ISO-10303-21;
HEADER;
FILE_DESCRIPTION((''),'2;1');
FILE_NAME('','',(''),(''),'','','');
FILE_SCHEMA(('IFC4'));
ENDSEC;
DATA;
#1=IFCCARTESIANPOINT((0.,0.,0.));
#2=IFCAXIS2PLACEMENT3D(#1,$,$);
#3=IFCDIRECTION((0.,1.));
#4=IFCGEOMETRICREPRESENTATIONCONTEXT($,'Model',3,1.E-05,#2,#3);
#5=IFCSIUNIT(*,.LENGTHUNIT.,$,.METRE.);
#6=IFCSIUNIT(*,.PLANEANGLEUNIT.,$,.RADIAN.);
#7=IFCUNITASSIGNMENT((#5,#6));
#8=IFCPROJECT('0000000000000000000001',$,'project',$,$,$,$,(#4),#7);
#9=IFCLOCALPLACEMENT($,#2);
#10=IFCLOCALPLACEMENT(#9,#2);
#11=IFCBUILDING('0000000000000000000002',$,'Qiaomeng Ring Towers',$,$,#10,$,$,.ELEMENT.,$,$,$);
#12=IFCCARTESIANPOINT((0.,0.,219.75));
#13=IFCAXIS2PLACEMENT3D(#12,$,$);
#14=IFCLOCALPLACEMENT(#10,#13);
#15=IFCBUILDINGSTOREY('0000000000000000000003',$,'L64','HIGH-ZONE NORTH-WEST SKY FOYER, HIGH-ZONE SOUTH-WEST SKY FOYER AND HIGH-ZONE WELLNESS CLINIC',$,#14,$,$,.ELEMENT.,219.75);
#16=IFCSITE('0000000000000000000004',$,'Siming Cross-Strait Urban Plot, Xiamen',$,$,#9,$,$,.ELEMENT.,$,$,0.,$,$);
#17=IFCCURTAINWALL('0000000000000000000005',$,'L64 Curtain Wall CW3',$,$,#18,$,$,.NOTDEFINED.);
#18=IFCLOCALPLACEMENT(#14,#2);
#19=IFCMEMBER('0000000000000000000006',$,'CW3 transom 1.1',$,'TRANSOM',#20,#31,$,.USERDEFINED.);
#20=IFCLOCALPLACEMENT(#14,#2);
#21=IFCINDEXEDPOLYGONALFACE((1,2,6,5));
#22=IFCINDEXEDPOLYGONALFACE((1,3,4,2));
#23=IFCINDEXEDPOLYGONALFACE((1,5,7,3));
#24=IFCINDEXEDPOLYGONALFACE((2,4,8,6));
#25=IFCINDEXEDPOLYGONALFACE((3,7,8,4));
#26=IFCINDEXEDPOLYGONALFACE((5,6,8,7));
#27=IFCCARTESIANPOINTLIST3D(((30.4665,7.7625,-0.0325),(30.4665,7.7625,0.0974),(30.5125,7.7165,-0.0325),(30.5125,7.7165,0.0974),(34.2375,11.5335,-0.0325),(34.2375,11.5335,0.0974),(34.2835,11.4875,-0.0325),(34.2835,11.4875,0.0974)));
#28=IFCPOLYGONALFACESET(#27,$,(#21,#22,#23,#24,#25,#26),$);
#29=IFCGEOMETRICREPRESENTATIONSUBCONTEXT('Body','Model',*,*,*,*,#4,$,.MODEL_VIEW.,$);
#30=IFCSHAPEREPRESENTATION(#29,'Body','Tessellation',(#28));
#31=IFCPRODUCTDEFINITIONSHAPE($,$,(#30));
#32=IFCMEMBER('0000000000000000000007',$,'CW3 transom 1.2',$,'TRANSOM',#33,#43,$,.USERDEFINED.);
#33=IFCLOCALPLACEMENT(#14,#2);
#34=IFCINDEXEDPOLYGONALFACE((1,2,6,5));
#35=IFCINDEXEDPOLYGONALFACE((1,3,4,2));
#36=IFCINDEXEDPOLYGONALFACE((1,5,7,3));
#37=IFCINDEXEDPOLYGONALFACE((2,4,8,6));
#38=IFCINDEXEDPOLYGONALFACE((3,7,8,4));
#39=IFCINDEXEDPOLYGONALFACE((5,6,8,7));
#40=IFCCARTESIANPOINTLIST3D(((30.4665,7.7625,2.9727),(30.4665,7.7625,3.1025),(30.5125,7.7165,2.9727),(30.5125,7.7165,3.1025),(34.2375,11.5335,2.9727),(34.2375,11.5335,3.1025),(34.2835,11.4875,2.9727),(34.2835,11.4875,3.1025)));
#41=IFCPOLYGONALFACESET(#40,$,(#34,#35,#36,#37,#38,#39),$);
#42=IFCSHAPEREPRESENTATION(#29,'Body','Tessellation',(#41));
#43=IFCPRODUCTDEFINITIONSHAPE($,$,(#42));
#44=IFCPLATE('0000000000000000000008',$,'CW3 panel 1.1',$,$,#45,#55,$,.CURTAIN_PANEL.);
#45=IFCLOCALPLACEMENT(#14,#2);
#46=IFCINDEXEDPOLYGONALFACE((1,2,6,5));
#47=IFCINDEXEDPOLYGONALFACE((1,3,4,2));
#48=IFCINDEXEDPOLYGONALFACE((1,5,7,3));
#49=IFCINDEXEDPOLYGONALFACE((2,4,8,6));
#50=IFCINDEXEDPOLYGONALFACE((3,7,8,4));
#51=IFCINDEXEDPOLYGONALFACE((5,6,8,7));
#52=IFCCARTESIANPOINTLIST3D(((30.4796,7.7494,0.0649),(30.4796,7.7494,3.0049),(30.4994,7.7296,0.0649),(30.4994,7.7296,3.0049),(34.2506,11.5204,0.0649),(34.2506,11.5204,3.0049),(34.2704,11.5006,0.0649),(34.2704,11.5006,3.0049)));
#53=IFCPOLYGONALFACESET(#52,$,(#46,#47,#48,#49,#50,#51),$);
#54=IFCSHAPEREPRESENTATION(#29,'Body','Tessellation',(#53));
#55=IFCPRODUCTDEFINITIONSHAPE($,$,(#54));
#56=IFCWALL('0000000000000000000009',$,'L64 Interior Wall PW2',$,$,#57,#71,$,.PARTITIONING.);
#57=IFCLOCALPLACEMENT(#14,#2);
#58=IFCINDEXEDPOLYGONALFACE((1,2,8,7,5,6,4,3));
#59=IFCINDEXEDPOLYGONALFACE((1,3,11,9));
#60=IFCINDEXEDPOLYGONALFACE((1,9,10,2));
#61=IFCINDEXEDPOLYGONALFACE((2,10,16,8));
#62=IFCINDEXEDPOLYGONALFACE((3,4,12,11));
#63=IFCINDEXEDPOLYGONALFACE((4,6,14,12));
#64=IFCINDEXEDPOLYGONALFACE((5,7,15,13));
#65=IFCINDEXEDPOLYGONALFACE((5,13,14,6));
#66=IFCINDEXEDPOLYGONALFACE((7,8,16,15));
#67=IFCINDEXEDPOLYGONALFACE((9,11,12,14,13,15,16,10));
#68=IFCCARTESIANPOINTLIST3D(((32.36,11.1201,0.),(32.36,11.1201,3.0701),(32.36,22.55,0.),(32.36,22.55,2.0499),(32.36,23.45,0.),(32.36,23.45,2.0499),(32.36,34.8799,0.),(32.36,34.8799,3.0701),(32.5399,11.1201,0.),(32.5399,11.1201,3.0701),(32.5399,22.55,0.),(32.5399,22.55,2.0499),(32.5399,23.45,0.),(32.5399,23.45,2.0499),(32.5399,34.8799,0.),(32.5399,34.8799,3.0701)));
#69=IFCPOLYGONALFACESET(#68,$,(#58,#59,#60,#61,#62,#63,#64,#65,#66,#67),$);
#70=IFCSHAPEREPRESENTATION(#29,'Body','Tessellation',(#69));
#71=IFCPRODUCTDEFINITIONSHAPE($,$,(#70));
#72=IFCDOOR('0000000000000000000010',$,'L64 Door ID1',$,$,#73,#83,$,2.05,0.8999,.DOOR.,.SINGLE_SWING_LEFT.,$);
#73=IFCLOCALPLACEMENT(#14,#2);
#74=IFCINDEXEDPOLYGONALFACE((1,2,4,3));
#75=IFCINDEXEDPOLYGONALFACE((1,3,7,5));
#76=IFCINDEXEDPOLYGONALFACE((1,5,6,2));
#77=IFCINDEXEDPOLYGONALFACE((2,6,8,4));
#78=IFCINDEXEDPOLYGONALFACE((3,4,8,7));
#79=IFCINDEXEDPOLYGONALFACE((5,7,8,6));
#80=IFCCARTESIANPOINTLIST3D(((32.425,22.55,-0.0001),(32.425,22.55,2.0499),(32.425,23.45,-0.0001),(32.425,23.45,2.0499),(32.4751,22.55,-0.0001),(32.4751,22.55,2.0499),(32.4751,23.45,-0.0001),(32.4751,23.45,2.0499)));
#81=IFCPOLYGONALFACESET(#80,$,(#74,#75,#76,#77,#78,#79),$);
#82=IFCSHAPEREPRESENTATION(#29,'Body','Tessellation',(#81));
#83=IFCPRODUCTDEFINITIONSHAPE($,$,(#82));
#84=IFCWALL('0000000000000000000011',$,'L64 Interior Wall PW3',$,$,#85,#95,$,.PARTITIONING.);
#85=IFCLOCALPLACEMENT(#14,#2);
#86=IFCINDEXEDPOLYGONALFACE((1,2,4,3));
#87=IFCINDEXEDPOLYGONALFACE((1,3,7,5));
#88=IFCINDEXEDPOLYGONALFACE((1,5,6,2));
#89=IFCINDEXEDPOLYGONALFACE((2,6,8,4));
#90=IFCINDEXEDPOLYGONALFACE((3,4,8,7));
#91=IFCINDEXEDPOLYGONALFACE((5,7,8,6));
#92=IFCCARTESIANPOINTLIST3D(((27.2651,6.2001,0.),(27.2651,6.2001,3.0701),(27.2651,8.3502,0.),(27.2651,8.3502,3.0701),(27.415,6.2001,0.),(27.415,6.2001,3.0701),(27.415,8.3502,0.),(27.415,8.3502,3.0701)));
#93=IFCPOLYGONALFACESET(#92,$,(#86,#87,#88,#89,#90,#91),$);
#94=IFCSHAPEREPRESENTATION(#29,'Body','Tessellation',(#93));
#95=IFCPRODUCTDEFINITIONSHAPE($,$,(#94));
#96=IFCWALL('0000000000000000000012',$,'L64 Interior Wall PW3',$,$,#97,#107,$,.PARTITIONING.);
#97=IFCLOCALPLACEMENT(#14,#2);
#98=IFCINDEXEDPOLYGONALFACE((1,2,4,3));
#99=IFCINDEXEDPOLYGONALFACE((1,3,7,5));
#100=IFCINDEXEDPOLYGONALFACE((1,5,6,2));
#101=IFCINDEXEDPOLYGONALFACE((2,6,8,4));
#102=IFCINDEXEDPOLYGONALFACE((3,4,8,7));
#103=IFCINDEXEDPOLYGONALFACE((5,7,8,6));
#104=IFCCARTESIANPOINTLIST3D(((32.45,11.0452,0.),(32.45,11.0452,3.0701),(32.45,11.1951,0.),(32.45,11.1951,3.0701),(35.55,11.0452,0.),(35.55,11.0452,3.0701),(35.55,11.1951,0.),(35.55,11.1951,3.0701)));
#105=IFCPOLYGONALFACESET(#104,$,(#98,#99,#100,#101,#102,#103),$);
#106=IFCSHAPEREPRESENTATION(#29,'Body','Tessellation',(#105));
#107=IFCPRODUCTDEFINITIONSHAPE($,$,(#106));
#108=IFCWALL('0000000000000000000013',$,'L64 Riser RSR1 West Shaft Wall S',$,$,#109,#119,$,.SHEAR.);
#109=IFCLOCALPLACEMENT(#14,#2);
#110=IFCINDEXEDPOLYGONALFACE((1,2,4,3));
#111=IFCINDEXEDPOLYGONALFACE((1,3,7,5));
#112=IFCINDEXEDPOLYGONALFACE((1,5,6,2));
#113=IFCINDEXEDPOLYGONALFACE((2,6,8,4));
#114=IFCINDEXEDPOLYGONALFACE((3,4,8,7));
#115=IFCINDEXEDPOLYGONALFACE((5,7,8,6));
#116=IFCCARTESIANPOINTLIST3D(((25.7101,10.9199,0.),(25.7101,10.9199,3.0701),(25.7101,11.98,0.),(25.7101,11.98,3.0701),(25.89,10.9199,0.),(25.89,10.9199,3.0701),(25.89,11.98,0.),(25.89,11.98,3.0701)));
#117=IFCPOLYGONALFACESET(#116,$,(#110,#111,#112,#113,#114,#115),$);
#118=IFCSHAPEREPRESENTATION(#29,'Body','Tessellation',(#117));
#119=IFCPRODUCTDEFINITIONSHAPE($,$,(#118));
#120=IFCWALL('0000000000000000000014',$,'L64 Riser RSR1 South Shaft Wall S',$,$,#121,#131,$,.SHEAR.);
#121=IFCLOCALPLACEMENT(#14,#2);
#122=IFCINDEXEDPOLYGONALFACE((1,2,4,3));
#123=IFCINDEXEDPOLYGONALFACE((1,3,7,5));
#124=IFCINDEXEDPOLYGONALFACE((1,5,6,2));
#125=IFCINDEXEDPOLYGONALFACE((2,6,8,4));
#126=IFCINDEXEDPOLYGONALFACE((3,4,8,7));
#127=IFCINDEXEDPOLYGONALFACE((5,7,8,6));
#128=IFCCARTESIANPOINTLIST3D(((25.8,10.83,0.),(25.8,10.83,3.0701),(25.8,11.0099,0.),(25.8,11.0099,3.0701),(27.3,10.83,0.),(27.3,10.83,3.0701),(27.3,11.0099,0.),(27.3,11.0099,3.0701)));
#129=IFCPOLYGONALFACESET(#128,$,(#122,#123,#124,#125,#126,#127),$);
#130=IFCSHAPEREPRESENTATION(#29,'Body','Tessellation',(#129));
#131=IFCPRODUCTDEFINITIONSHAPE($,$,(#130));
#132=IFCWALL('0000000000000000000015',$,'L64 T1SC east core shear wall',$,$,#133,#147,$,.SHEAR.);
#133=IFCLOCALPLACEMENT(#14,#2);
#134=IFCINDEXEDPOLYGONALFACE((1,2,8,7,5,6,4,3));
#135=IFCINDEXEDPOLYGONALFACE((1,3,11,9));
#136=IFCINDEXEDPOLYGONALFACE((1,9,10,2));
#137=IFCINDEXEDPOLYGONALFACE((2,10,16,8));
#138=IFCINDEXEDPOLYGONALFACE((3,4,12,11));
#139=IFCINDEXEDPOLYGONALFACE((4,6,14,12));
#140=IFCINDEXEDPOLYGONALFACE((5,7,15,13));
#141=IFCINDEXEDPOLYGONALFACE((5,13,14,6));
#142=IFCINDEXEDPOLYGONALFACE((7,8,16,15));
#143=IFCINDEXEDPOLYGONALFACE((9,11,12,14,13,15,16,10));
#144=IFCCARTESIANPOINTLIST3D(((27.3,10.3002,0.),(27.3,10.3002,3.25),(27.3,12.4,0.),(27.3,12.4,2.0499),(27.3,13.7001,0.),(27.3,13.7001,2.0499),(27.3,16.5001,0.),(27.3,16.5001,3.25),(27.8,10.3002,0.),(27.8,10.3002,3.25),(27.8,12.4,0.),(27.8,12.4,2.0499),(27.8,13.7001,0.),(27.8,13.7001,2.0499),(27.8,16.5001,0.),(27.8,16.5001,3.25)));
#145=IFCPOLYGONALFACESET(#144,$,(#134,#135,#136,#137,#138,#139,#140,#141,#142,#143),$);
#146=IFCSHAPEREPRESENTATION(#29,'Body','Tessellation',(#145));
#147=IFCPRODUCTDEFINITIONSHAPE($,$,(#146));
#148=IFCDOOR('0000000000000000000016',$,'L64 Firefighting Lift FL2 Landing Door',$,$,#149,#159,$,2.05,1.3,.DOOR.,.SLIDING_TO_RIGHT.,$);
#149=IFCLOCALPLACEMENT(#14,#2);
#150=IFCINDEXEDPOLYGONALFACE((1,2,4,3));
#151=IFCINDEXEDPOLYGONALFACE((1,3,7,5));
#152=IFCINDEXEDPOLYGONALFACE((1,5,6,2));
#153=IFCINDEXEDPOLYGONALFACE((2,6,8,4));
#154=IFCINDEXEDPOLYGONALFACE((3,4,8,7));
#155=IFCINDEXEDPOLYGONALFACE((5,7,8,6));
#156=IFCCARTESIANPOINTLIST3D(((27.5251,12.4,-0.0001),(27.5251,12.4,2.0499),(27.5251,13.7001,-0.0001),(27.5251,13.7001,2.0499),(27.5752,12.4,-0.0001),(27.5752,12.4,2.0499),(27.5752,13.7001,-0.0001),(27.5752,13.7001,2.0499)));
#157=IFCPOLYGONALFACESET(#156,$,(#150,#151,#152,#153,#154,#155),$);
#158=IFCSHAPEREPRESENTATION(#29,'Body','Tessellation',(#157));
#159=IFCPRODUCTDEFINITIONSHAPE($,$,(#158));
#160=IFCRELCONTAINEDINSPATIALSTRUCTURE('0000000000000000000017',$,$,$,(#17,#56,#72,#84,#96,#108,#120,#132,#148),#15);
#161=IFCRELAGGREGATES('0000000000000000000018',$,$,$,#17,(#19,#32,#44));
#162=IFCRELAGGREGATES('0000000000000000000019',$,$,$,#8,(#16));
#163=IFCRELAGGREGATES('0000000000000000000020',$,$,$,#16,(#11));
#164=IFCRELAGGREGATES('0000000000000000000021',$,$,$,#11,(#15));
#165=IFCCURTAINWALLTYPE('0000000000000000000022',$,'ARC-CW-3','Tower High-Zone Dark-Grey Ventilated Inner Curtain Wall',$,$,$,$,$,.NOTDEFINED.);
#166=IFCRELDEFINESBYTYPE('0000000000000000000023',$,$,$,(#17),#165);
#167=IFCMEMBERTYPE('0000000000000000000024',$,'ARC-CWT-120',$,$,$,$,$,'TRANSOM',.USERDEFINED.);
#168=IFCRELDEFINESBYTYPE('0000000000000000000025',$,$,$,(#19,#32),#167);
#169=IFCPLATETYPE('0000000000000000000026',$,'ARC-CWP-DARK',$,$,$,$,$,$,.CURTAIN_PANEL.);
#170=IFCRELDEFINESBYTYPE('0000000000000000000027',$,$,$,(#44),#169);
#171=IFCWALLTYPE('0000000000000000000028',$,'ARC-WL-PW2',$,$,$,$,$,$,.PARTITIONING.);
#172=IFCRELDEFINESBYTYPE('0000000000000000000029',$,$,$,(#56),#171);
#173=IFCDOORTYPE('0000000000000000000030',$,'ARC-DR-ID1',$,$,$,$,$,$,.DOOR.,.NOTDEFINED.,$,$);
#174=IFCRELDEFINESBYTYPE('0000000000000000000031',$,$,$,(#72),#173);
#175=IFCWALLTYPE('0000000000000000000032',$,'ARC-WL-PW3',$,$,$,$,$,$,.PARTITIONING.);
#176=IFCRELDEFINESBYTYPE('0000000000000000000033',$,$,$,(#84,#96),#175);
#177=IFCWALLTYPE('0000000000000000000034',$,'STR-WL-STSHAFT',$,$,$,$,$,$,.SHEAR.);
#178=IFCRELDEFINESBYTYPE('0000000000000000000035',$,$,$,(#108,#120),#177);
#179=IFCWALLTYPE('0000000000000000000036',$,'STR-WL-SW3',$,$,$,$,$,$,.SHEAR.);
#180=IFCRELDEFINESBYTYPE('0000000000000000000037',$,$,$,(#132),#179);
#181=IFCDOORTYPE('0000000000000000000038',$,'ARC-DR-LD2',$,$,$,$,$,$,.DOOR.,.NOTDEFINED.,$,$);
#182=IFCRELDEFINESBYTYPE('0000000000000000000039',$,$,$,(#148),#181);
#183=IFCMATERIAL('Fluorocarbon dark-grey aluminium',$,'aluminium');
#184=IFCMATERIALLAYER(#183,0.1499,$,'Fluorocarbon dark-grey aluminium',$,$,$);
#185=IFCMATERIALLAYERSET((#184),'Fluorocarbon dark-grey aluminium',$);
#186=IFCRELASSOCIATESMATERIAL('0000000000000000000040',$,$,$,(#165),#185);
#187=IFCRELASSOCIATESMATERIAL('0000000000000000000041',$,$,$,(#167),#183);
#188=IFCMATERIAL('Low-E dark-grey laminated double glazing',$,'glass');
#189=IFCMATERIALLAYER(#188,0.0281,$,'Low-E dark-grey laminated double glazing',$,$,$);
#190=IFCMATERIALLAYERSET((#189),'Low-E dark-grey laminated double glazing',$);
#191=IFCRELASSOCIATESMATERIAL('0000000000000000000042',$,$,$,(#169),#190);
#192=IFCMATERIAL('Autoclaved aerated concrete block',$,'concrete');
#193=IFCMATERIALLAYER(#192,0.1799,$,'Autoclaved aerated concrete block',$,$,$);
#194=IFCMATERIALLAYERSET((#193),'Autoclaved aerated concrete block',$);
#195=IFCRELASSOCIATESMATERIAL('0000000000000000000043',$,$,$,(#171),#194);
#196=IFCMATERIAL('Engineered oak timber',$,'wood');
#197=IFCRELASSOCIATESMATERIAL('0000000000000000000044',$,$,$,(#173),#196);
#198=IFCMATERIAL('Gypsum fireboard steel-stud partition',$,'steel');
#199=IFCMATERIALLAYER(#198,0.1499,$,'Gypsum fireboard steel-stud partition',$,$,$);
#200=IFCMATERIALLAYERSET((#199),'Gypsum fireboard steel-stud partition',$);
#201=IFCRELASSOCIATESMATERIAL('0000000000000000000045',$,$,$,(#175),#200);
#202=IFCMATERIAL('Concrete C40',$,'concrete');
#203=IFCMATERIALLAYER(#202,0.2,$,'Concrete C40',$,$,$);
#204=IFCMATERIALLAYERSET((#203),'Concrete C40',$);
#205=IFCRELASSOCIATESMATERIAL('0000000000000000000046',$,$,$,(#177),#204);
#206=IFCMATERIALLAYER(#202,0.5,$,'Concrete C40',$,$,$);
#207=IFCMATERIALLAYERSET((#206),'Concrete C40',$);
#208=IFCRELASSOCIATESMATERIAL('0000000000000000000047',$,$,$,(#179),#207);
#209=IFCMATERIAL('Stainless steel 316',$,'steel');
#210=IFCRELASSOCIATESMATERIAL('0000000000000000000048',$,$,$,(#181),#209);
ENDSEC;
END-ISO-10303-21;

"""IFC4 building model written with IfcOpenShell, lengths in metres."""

from ifc_helpers import new_model, si_unit, direction, frame, frame_2d, origin, origin_2d, place, context, subcontext, project, spatial, rectangle, extrude, source, transform, mapped, material, layer, layer_set, material_profile, profile_set, type_object, element, fill, aggregate, save


model = new_model("IFC4")

# Units and contexts
model_context = context("Model", 3, precision=1e-05, world=origin(), true_north=direction((0.0, 1.0)))
body_context = subcontext(model_context, "Body", "Model", "MODEL_VIEW")
ifc_project = project(units=[si_unit("LENGTHUNIT", "METRE"), si_unit("PLANEANGLEUNIT", "RADIAN")], contexts=[model_context])

# Site, building, storey
site_placement = place(None, origin())
site = spatial("IfcSite", under=ifc_project, at=site_placement, Name="Siming Cross-Strait Urban Plot, Xiamen", CompositionType="ELEMENT", RefElevation=0.0)
building_placement = place(site_placement, origin())
building = spatial("IfcBuilding", under=site, at=building_placement, Name="Qiaomeng Ring Towers", CompositionType="ELEMENT")
storey_placement = place(building_placement, frame((0.0, 0.0, 219.75)))
storey = spatial("IfcBuildingStorey", under=building, at=storey_placement, Name="L64", Description="HIGH-ZONE NORTH-WEST SKY FOYER, HIGH-ZONE SOUTH-WEST SKY FOYER AND HIGH-ZONE WELLNESS CLINIC", CompositionType="ELEMENT", Elevation=219.75)

# Shared definitions
ifc_material_1 = material(Name="Concrete C40", Category="concrete")

# Curtain wall, members, plate
ifc_material_2 = material(Name="Fluorocarbon dark-grey aluminium", Category="aluminium")
ifc_layer_1 = layer(ifc_material_2, 0.1499, Name="Fluorocarbon dark-grey aluminium")
ifc_layer_set_1 = layer_set([ifc_layer_1], Name="Fluorocarbon dark-grey aluminium")
curtain_wall_type = type_object("IfcCurtainWallType", Name="ARC-CW-3", Description="Tower High-Zone Dark-Grey Ventilated Inner Curtain Wall", PredefinedType="NOTDEFINED", material=ifc_layer_set_1)
curtain_wall_placement = place(storey_placement, origin())
curtain_wall = element("IfcCurtainWall", 1, at=curtain_wall_placement, inside=storey, type_object=curtain_wall_type, Name="L64 Curtain Wall CW3", PredefinedType="NOTDEFINED")
ifc_material_profile_1 = material_profile(ifc_material_2, rectangle(XDim=0.0649, YDim=0.1299, at=origin_2d()), Name="ALU TRAN 65x130")
ifc_profile_set_1 = profile_set([ifc_material_profile_1], Name="Fluorocarbon dark-grey aluminium")
member_type_1 = type_object("IfcMemberType", Name="ARC-CWT-120", ElementType="TRANSOM", PredefinedType="USERDEFINED", material=ifc_profile_set_1)
shared_shape_1 = source(origin(), body_context, "Body", "SweptSolid", [
    extrude(rectangle(XDim=0.0649, YDim=0.1299, at=origin_2d()), origin(), (0.0, 0.0, 1.0), 5.333),
])
member_1_placement = place(storey_placement, frame((30.4895, 7.7395, 0.0325), z_axis=(0.707107, 0.707107, 0.0), x_axis=(-0.707107, 0.707107, 0.0)))
member_1 = element("IfcMember", 2, at=member_1_placement, type_object=member_type_1, Name="CW3 transom 1.1", ObjectType="TRANSOM", PredefinedType="USERDEFINED", context=body_context, shape_type="MappedRepresentation", body=[
    mapped(shared_shape_1, transform((0.0, 0.0, 0.0), x_axis=(1.0, 0.0, 0.0), y_axis=(0.0, 1.0, 0.0), z_axis=(0.0, 0.0, 1.0), scale=1.0)),
])
member_2_placement = place(storey_placement, frame((30.4895, 7.7395, 3.0376), z_axis=(0.707107, 0.707107, 0.0), x_axis=(-0.707107, 0.707107, 0.0)))
member_2 = element("IfcMember", 3, at=member_2_placement, type_object=member_type_1, Name="CW3 transom 1.2", ObjectType="TRANSOM", PredefinedType="USERDEFINED", context=body_context, shape_type="MappedRepresentation", body=[
    mapped(shared_shape_1, transform((0.0, 0.0, 0.0), x_axis=(1.0, 0.0, 0.0), y_axis=(0.0, 1.0, 0.0), z_axis=(0.0, 0.0, 1.0), scale=1.0)),
])
ifc_material_3 = material(Name="Low-E dark-grey laminated double glazing", Category="glass")
ifc_layer_2 = layer(ifc_material_3, 0.0281, Name="Low-E dark-grey laminated double glazing")
ifc_layer_set_2 = layer_set([ifc_layer_2], Name="Low-E dark-grey laminated double glazing")
plate_type = type_object("IfcPlateType", Name="ARC-CWP-DARK", PredefinedType="CURTAIN_PANEL", material=ifc_layer_set_2)
shared_shape_2 = source(origin(), body_context, "Body", "SweptSolid", [
    extrude(rectangle(XDim=5.333, YDim=0.0281, at=origin_2d()), origin(), (0.0, 0.0, 1.0), 2.9399),
])
plate_placement = place(storey_placement, frame((32.375, 9.625, 0.0649), z_axis=(0.0, 0.0, 1.0), x_axis=(0.707107, 0.707107, 0.0)))
plate = element("IfcPlate", 4, at=plate_placement, type_object=plate_type, Name="CW3 panel 1.1", PredefinedType="CURTAIN_PANEL", context=body_context, shape_type="MappedRepresentation", body=[
    mapped(shared_shape_2, transform((0.0, 0.0, 0.0), x_axis=(1.0, 0.0, 0.0), y_axis=(0.0, 1.0, 0.0), z_axis=(0.0, 0.0, 1.0), scale=1.0)),
])
aggregate(curtain_wall, [member_1, member_2, plate])

# Wall, opening, door
ifc_material_4 = material(Name="Autoclaved aerated concrete block", Category="concrete")
ifc_layer_3 = layer(ifc_material_4, 0.1799, Name="Autoclaved aerated concrete block")
ifc_layer_set_3 = layer_set([ifc_layer_3], Name="Autoclaved aerated concrete block")
wall_type_1 = type_object("IfcWallType", Name="ARC-WL-PW2", PredefinedType="PARTITIONING", material=ifc_layer_set_3)
wall_1_placement = place(storey_placement, frame((32.45, 11.1201, 0.0), z_axis=(0.0, 0.0, 1.0), x_axis=(0.0, 1.0, 0.0)))
wall_1 = element("IfcWall", 5, at=wall_1_placement, inside=storey, type_object=wall_type_1, Name="L64 Interior Wall PW2", PredefinedType="PARTITIONING", context=body_context, shape_type="SweptSolid", body=[
    extrude(rectangle(XDim=23.7598, YDim=0.1799, at=frame_2d((11.8799, 0.0))), origin(), (0.0, 0.0, 1.0), 3.0701),
])
opening_1_placement = place(wall_1_placement, frame((11.4299, 0.0, 0.0)))
opening_1 = element("IfcOpeningElement", 6, at=opening_1_placement, cuts=wall_1, PredefinedType="OPENING", context=body_context, shape_type="SweptSolid", body=[
    extrude(rectangle(XDim=0.8999, YDim=2.05, at=frame_2d((0.45, 1.0249))), frame((0.0, 0.0999, 0.0), z_axis=(0.0, -1.0, 0.0), x_axis=(1.0, 0.0, 0.0)), (0.0, 0.0, 1.0), 0.2),
])
ifc_material_5 = material(Name="Engineered oak timber", Category="wood")
door_type_1 = type_object("IfcDoorType", Name="ARC-DR-ID1", OperationType="NOTDEFINED", PredefinedType="DOOR", material=ifc_material_5)
shared_shape_3 = source(origin(), body_context, "Body", "SweptSolid", [
    extrude(rectangle(XDim=0.8999, YDim=2.05, at=frame_2d((0.45, 1.0249))), frame((0.0, 0.0249, 0.0), z_axis=(0.0, -1.0, 0.0), x_axis=(1.0, 0.0, 0.0)), (0.0, 0.0, 1.0), 0.05),
])
door_1_placement = place(opening_1_placement, origin())
door_1 = element("IfcDoor", 7, at=door_1_placement, inside=storey, type_object=door_type_1, Name="L64 Door ID1", OperationType="SINGLE_SWING_LEFT", OverallHeight=2.05, OverallWidth=0.8999, PredefinedType="DOOR", context=body_context, shape_type="MappedRepresentation", body=[
    mapped(shared_shape_3, transform((0.0, 0.0, 0.0), x_axis=(1.0, 0.0, 0.0), y_axis=(0.0, 1.0, 0.0), z_axis=(0.0, 0.0, 1.0), scale=1.0)),
])
fill(opening_1, door_1)

# Walls
ifc_material_6 = material(Name="Gypsum fireboard steel-stud partition", Category="steel")
ifc_layer_4 = layer(ifc_material_6, 0.1499, Name="Gypsum fireboard steel-stud partition")
ifc_layer_set_4 = layer_set([ifc_layer_4], Name="Gypsum fireboard steel-stud partition")
wall_type_2 = type_object("IfcWallType", Name="ARC-WL-PW3", PredefinedType="PARTITIONING", material=ifc_layer_set_4)
wall_2_placement = place(storey_placement, frame((27.3401, 6.2, 0.0), z_axis=(0.0, 0.0, 1.0), x_axis=(0.0, 1.0, 0.0)))
element("IfcWall", 8, at=wall_2_placement, inside=storey, type_object=wall_type_2, Name="L64 Interior Wall PW3", PredefinedType="PARTITIONING", context=body_context, shape_type="SweptSolid", body=[
    extrude(rectangle(XDim=2.1501, YDim=0.1499, at=frame_2d((1.0752, 0.0))), origin(), (0.0, 0.0, 1.0), 3.0701),
])
wall_3_placement = place(storey_placement, frame((32.45, 11.1201, 0.0), z_axis=(0.0, 0.0, 1.0), x_axis=(1.0, 0.0, 0.0)))
element("IfcWall", 9, at=wall_3_placement, inside=storey, type_object=wall_type_2, Name="L64 Interior Wall PW3", PredefinedType="PARTITIONING", context=body_context, shape_type="SweptSolid", body=[
    extrude(rectangle(XDim=3.1001, YDim=0.1499, at=frame_2d((1.55, 0.0))), origin(), (0.0, 0.0, 1.0), 3.0701),
])
ifc_layer_5 = layer(ifc_material_1, 0.2, Name="Concrete C40")
ifc_layer_set_5 = layer_set([ifc_layer_5], Name="Concrete C40")
wall_type_3 = type_object("IfcWallType", Name="STR-WL-STSHAFT", PredefinedType="SHEAR", material=ifc_layer_set_5)
wall_4_placement = place(storey_placement, frame((25.8, 10.9199, 0.0), z_axis=(0.0, 0.0, 1.0), x_axis=(0.0, 1.0, 0.0)))
element("IfcWall", 10, at=wall_4_placement, inside=storey, type_object=wall_type_3, Name="L64 Riser RSR1 West Shaft Wall S", PredefinedType="SHEAR", context=body_context, shape_type="SweptSolid", body=[
    extrude(rectangle(XDim=1.0601, YDim=0.1799, at=frame_2d((0.53, 0.0))), origin(), (0.0, 0.0, 1.0), 3.0701),
])
wall_5_placement = place(storey_placement, frame((25.8, 10.9199, 0.0), z_axis=(0.0, 0.0, 1.0), x_axis=(1.0, 0.0, 0.0)))
element("IfcWall", 11, at=wall_5_placement, inside=storey, type_object=wall_type_3, Name="L64 Riser RSR1 South Shaft Wall S", PredefinedType="SHEAR", context=body_context, shape_type="SweptSolid", body=[
    extrude(rectangle(XDim=1.5, YDim=0.1799, at=frame_2d((0.75, 0.0))), origin(), (0.0, 0.0, 1.0), 3.0701),
])

# Wall, opening, door
ifc_layer_6 = layer(ifc_material_1, 0.5, Name="Concrete C40")
ifc_layer_set_6 = layer_set([ifc_layer_6], Name="Concrete C40")
wall_type_4 = type_object("IfcWallType", Name="STR-WL-SW3", PredefinedType="SHEAR", material=ifc_layer_set_6)
wall_6_placement = place(storey_placement, frame((27.55, 10.3, 0.0), z_axis=(0.0, 0.0, 1.0), x_axis=(0.0, 1.0, 0.0)))
wall_6 = element("IfcWall", 12, at=wall_6_placement, inside=storey, type_object=wall_type_4, Name="L64 T1SC east core shear wall", PredefinedType="SHEAR", context=body_context, shape_type="SweptSolid", body=[
    extrude(rectangle(XDim=6.2, YDim=0.5, at=frame_2d((3.1001, 0.0))), origin(), (0.0, 0.0, 1.0), 3.25),
])
opening_2_placement = place(wall_6_placement, frame((2.1001, 0.0, 0.0)))
opening_2 = element("IfcOpeningElement", 13, at=opening_2_placement, cuts=wall_6, PredefinedType="OPENING", context=body_context, shape_type="SweptSolid", body=[
    extrude(rectangle(XDim=1.3, YDim=2.05, at=frame_2d((0.6499, 1.0249))), frame((0.0, 0.26, 0.0), z_axis=(0.0, -1.0, 0.0), x_axis=(1.0, 0.0, 0.0)), (0.0, 0.0, 1.0), 0.52),
])
ifc_material_7 = material(Name="Stainless steel 316", Category="steel")
door_type_2 = type_object("IfcDoorType", Name="ARC-DR-LD2", OperationType="NOTDEFINED", PredefinedType="DOOR", material=ifc_material_7)
shared_shape_4 = source(origin(), body_context, "Body", "SweptSolid", [
    extrude(rectangle(XDim=1.3, YDim=2.05, at=frame_2d((0.6499, 1.0249))), frame((0.0, 0.0249, 0.0), z_axis=(0.0, -1.0, 0.0), x_axis=(1.0, 0.0, 0.0)), (0.0, 0.0, 1.0), 0.05),
])
door_2_placement = place(opening_2_placement, origin())
door_2 = element("IfcDoor", 14, at=door_2_placement, inside=storey, type_object=door_type_2, Name="L64 Firefighting Lift FL2 Landing Door", OperationType="SLIDING_TO_RIGHT", OverallHeight=2.05, OverallWidth=1.3, PredefinedType="DOOR", context=body_context, shape_type="MappedRepresentation", body=[
    mapped(shared_shape_4, transform((0.0, 0.0, 0.0), x_axis=(1.0, 0.0, 0.0), y_axis=(0.0, 1.0, 0.0), z_axis=(0.0, 0.0, 1.0), scale=1.0)),
])
fill(opening_2, door_2)

save(model, "model.ifc")
